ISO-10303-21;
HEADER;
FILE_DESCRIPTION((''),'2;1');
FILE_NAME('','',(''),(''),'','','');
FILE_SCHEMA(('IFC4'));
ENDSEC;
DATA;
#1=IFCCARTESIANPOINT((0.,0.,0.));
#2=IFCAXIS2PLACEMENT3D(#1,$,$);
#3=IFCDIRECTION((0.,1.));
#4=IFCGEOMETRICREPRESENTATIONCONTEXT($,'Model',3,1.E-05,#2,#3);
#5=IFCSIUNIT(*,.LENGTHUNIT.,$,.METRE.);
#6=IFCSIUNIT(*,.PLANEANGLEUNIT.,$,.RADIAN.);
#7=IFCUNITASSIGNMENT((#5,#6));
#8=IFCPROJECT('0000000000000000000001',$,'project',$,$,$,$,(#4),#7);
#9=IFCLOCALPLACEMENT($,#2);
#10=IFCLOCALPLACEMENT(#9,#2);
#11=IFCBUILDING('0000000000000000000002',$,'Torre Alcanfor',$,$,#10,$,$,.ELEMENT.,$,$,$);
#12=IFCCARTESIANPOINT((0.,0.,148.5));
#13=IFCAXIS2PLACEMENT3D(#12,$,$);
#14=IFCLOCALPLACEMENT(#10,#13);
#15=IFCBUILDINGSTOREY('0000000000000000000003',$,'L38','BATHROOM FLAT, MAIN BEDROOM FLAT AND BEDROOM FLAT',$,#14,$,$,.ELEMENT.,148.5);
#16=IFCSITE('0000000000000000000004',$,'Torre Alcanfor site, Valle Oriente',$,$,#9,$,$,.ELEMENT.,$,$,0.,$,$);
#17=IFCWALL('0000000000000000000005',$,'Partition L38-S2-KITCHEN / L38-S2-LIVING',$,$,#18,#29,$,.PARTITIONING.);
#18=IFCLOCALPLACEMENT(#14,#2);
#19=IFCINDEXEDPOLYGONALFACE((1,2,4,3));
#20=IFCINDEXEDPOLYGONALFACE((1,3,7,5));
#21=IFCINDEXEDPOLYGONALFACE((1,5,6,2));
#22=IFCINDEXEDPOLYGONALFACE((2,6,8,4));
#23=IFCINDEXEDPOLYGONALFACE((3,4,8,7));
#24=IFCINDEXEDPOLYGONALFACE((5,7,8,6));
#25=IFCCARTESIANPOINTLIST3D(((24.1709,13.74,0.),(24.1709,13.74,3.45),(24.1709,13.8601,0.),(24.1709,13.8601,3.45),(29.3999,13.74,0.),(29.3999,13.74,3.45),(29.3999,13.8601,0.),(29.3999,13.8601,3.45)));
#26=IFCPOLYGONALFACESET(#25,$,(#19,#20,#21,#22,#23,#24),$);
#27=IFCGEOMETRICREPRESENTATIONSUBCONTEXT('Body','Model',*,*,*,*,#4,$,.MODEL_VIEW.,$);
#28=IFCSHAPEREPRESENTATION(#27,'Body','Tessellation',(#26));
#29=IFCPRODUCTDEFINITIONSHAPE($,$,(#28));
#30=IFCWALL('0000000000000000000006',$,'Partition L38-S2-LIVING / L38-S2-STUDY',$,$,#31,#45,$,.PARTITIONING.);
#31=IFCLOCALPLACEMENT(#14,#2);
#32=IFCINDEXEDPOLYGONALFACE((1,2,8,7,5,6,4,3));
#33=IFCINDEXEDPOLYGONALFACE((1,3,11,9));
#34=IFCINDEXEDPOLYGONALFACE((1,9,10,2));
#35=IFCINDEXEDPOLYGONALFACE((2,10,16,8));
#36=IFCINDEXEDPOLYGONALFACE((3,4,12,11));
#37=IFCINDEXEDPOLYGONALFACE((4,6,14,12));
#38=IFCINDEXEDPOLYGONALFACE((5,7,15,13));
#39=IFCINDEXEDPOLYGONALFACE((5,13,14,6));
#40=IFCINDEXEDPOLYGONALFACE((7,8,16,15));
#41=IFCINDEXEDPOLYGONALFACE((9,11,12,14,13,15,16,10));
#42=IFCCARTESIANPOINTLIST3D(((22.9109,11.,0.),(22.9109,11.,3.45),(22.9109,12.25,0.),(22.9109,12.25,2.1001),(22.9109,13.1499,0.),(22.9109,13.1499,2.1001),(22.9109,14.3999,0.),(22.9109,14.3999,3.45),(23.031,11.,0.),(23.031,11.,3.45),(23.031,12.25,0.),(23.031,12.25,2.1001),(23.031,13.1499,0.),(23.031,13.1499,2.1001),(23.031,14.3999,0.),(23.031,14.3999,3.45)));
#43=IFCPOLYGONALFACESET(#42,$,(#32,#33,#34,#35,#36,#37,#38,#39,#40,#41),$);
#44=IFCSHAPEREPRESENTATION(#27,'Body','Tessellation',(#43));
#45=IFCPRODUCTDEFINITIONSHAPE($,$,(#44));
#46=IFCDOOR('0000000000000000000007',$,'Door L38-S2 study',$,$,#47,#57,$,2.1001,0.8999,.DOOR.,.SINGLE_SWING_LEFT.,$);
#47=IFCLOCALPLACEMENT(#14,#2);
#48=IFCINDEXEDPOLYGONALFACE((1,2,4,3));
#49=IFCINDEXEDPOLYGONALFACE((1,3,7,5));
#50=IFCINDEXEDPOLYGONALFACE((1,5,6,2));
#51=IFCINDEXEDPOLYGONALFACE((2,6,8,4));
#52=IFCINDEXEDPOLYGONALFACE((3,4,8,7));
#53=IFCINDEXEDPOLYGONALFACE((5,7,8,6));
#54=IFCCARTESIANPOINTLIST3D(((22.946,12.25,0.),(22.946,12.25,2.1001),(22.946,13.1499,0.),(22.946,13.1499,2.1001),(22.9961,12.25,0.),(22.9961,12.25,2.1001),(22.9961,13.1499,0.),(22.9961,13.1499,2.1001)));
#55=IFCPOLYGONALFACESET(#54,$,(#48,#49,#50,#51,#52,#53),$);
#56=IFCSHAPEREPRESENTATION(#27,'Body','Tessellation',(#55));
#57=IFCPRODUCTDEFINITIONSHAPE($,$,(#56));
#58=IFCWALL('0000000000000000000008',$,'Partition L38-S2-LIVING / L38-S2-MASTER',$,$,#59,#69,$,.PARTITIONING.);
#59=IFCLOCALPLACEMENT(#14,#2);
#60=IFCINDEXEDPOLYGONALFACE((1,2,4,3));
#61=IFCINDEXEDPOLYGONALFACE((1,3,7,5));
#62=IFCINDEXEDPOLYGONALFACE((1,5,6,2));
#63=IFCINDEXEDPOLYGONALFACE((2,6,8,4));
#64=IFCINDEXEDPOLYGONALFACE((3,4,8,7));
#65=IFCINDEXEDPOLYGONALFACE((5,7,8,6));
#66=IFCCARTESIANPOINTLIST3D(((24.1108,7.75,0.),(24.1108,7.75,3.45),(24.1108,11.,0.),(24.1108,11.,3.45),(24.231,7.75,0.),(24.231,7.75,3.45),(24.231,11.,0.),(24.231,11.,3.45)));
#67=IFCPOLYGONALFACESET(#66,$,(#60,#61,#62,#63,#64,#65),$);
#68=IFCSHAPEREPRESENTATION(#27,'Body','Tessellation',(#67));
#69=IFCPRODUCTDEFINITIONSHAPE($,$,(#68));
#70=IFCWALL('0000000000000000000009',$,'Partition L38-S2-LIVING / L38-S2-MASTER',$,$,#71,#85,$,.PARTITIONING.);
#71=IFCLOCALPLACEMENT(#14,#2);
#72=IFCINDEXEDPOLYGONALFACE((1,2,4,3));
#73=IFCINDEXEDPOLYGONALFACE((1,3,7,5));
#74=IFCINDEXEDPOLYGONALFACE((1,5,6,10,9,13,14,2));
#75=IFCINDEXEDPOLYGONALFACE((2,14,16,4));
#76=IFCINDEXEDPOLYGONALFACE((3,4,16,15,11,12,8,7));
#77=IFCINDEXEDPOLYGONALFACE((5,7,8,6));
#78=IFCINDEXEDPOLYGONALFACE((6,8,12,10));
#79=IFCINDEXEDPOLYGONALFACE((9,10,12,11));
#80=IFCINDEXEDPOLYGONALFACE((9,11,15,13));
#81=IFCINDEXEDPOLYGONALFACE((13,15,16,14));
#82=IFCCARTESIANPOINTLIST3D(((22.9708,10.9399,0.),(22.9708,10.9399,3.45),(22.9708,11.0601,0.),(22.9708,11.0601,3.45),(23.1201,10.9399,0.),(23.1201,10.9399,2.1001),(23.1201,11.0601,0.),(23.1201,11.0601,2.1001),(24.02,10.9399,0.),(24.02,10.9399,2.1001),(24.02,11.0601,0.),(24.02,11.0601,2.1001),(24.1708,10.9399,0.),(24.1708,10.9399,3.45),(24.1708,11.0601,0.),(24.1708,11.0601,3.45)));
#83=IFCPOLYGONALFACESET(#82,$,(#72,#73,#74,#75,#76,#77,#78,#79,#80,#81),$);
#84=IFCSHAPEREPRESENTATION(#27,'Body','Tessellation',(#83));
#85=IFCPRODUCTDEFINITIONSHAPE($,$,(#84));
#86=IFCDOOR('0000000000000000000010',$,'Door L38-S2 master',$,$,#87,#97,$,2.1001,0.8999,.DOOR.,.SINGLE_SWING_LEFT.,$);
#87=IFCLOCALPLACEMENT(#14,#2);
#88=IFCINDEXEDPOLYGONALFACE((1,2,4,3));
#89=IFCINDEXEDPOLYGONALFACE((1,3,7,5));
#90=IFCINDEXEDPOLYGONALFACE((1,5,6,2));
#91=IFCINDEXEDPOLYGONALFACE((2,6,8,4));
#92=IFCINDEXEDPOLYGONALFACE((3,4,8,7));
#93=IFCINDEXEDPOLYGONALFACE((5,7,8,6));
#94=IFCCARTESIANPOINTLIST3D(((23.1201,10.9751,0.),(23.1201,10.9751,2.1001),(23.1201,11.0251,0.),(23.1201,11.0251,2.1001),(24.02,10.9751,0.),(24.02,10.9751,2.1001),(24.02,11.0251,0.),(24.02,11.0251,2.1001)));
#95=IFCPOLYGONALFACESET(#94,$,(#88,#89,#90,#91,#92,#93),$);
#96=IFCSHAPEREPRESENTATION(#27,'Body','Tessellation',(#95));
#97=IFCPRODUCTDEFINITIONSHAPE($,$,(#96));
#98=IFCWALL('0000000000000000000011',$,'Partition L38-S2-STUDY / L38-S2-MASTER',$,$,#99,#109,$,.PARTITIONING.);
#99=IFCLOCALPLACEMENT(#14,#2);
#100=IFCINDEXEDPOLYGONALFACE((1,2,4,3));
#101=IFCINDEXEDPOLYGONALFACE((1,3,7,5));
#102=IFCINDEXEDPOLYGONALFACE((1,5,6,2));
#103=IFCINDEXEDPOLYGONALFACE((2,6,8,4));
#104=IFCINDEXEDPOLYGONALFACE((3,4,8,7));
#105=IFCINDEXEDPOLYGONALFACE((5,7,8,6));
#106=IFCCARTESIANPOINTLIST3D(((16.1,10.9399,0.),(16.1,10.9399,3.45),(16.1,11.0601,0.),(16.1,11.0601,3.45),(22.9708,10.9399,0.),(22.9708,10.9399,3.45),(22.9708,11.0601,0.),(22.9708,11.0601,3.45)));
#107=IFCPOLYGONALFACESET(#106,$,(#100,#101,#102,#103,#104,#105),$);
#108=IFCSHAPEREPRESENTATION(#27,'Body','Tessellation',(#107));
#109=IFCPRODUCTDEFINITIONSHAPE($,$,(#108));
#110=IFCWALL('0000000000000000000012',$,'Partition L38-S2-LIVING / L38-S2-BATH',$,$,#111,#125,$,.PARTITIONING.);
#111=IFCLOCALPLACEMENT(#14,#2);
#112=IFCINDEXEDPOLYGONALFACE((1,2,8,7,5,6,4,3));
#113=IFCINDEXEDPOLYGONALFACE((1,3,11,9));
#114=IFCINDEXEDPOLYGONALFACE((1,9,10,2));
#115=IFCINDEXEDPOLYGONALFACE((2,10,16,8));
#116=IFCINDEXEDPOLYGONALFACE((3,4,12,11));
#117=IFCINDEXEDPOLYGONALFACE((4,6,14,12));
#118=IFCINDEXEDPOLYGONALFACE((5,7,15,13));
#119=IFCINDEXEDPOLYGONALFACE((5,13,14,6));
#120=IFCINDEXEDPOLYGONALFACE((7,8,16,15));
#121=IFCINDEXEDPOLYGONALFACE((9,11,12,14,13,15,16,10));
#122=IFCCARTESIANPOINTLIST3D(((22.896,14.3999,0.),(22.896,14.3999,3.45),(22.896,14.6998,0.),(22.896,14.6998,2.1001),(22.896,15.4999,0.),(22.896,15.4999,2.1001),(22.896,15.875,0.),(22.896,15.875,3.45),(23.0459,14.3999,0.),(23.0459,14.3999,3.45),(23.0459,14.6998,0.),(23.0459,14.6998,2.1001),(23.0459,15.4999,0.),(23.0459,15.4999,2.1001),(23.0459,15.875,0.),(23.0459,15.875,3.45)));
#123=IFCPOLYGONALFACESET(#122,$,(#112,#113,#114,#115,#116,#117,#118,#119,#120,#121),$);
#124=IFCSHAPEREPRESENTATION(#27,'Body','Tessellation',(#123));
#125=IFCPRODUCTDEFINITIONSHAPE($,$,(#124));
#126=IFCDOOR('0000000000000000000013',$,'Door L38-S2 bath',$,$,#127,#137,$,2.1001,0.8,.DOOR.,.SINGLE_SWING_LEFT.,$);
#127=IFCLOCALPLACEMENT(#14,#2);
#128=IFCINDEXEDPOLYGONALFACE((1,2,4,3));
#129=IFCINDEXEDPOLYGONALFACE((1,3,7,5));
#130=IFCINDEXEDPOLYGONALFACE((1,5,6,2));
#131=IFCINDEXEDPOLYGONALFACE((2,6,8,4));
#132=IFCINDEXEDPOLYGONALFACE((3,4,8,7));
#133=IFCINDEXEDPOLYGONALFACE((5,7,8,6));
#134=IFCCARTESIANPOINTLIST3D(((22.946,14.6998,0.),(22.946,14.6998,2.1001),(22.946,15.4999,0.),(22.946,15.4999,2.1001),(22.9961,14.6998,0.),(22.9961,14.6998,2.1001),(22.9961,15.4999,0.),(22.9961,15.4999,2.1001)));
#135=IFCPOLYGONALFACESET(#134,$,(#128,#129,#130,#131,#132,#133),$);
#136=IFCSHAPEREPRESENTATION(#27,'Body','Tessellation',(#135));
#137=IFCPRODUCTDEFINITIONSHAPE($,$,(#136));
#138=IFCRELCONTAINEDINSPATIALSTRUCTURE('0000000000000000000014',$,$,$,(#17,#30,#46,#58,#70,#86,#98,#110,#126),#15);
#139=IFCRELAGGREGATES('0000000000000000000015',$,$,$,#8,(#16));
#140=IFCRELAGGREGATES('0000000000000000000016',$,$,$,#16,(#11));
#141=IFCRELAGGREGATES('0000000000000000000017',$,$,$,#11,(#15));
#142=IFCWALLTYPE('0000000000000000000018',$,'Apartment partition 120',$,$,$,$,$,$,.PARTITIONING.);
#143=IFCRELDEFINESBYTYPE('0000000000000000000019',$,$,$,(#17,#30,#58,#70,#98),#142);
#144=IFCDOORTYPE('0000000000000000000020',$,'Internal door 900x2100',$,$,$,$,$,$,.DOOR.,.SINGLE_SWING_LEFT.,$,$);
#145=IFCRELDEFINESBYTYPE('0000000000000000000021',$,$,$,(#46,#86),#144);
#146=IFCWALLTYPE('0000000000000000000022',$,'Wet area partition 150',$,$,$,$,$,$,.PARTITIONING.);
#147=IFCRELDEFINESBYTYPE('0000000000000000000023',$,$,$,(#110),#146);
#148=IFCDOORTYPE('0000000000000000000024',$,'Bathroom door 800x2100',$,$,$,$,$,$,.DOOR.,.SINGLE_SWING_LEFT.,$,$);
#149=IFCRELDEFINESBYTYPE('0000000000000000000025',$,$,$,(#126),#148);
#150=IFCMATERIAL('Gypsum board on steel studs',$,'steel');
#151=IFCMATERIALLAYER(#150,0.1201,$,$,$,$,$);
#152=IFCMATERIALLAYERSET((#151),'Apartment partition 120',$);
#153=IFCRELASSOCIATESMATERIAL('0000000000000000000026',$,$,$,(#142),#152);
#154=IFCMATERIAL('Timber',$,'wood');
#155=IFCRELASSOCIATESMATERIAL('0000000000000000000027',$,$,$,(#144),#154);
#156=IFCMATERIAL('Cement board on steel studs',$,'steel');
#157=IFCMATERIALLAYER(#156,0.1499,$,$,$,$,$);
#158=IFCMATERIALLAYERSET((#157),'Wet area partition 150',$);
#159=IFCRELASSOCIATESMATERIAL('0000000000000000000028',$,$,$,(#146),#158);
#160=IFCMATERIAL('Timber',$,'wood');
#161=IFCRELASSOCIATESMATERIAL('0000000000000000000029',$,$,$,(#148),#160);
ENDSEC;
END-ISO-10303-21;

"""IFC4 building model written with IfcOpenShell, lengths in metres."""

from ifc_helpers import new_model, si_unit, direction, frame, frame_2d, origin, place, context, subcontext, project, spatial, rectangle, extrude, material, layer, layer_set, type_object, element, fill, save


model = new_model("IFC4")

# Units and contexts
model_context = context("Model", 3, precision=1e-05, world=origin(), true_north=direction((0.0, 1.0)))
body_context = subcontext(model_context, "Body", "Model", "MODEL_VIEW")
ifc_project = project(units=[si_unit("LENGTHUNIT", "METRE"), si_unit("PLANEANGLEUNIT", "RADIAN")], contexts=[model_context])

# Site, building, storey
site_placement = place(None, origin())
site = spatial("IfcSite", under=ifc_project, at=site_placement, Name="Torre Alcanfor site, Valle Oriente", CompositionType="ELEMENT", RefElevation=0.0)
building_placement = place(site_placement, origin())
building = spatial("IfcBuilding", under=site, at=building_placement, Name="Torre Alcanfor", CompositionType="ELEMENT")
storey_placement = place(building_placement, frame((0.0, 0.0, 148.5)))
storey = spatial("IfcBuildingStorey", under=building, at=storey_placement, Name="L38", Description="BATHROOM FLAT, MAIN BEDROOM FLAT AND BEDROOM FLAT", CompositionType="ELEMENT", Elevation=148.5)

# Shared definitions
ifc_material_1 = material(Name="Gypsum board on steel studs", Category="steel")
ifc_layer_1 = layer(ifc_material_1, 0.1201)
ifc_layer_set_1 = layer_set([ifc_layer_1], Name="Apartment partition 120")
wall_type_1 = type_object("IfcWallType", Name="Apartment partition 120", PredefinedType="PARTITIONING", material=ifc_layer_set_1)
ifc_material_2 = material(Name="Timber", Category="wood")
door_type_1 = type_object("IfcDoorType", Name="Internal door 900x2100", OperationType="SINGLE_SWING_LEFT", PredefinedType="DOOR", material=ifc_material_2)

# Wall
wall_1_placement = place(storey_placement, frame((24.1709, 13.8, 0.0), z_axis=(0.0, 0.0, 1.0), x_axis=(1.0, 0.0, 0.0)))
element("IfcWall", 1, at=wall_1_placement, inside=storey, type_object=wall_type_1, Name="Partition L38-S2-KITCHEN / L38-S2-LIVING", PredefinedType="PARTITIONING", context=body_context, shape_type="SweptSolid", body=[
    extrude(rectangle(XDim=5.229, YDim=0.1201, at=frame_2d((2.6145, 0.0))), origin(), (0.0, 0.0, 1.0), 3.45),
])

# Wall, opening, door
wall_2_placement = place(storey_placement, frame((22.9709, 11.0, 0.0), z_axis=(0.0, 0.0, 1.0), x_axis=(0.0, 1.0, 0.0)))
wall_2 = element("IfcWall", 2, at=wall_2_placement, inside=storey, type_object=wall_type_1, Name="Partition L38-S2-LIVING / L38-S2-STUDY", PredefinedType="PARTITIONING", context=body_context, shape_type="SweptSolid", body=[
    extrude(rectangle(XDim=3.3999, YDim=0.1201, at=frame_2d((1.7, 0.0))), origin(), (0.0, 0.0, 1.0), 3.45),
])
opening_1_placement = place(wall_2_placement, frame((1.25, 0.0, 0.0)))
opening_1 = element("IfcOpeningElement", 3, at=opening_1_placement, cuts=wall_2, PredefinedType="OPENING", context=body_context, shape_type="SweptSolid", body=[
    extrude(rectangle(XDim=0.8999, YDim=2.1001, at=frame_2d((0.45, 1.05))), frame((0.0, 0.0701, 0.0), z_axis=(0.0, -1.0, 0.0), x_axis=(1.0, 0.0, 0.0)), (0.0, 0.0, 1.0), 0.1401),
])
door_1_placement = place(opening_1_placement, origin())
door_1 = element("IfcDoor", 4, at=door_1_placement, inside=storey, type_object=door_type_1, Name="Door L38-S2 study", OperationType="SINGLE_SWING_LEFT", OverallHeight=2.1001, OverallWidth=0.8999, PredefinedType="DOOR", context=body_context, shape_type="SweptSolid", body=[
    extrude(rectangle(XDim=0.8999, YDim=2.1001, at=frame_2d((0.45, 1.05))), frame((0.0, 0.0249, 0.0), z_axis=(0.0, -1.0, 0.0), x_axis=(1.0, 0.0, 0.0)), (0.0, 0.0, 1.0), 0.05),
])
fill(opening_1, door_1)

# Wall
wall_3_placement = place(storey_placement, frame((24.1709, 7.75, 0.0), z_axis=(0.0, 0.0, 1.0), x_axis=(0.0, 1.0, 0.0)))
element("IfcWall", 5, at=wall_3_placement, inside=storey, type_object=wall_type_1, Name="Partition L38-S2-LIVING / L38-S2-MASTER", PredefinedType="PARTITIONING", context=body_context, shape_type="SweptSolid", body=[
    extrude(rectangle(XDim=3.25, YDim=0.1201, at=frame_2d((1.625, 0.0))), origin(), (0.0, 0.0, 1.0), 3.45),
])

# Wall, opening, door
wall_4_placement = place(storey_placement, frame((24.1709, 11.0, 0.0), z_axis=(0.0, 0.0, 1.0), x_axis=(-1.0, 0.0, 0.0)))
wall_4 = element("IfcWall", 6, at=wall_4_placement, inside=storey, type_object=wall_type_1, Name="Partition L38-S2-LIVING / L38-S2-MASTER", PredefinedType="PARTITIONING", context=body_context, shape_type="SweptSolid", body=[
    extrude(rectangle(XDim=1.2, YDim=0.1201, at=frame_2d((0.6001, 0.0))), origin(), (0.0, 0.0, 1.0), 3.45),
])
opening_2_placement = place(wall_4_placement, frame((0.1509, 0.0, 0.0)))
opening_2 = element("IfcOpeningElement", 7, at=opening_2_placement, cuts=wall_4, PredefinedType="OPENING", context=body_context, shape_type="SweptSolid", body=[
    extrude(rectangle(XDim=0.8999, YDim=2.1001, at=frame_2d((0.45, 1.05))), frame((0.0, 0.0701, 0.0), z_axis=(0.0, -1.0, 0.0), x_axis=(1.0, 0.0, 0.0)), (0.0, 0.0, 1.0), 0.1401),
])
door_2_placement = place(opening_2_placement, origin())
door_2 = element("IfcDoor", 8, at=door_2_placement, inside=storey, type_object=door_type_1, Name="Door L38-S2 master", OperationType="SINGLE_SWING_LEFT", OverallHeight=2.1001, OverallWidth=0.8999, PredefinedType="DOOR", context=body_context, shape_type="SweptSolid", body=[
    extrude(rectangle(XDim=0.8999, YDim=2.1001, at=frame_2d((0.45, 1.05))), frame((0.0, 0.0249, 0.0), z_axis=(0.0, -1.0, 0.0), x_axis=(1.0, 0.0, 0.0)), (0.0, 0.0, 1.0), 0.05),
])
fill(opening_2, door_2)

# Wall
wall_5_placement = place(storey_placement, frame((22.9709, 11.0, 0.0), z_axis=(0.0, 0.0, 1.0), x_axis=(-1.0, 0.0, 0.0)))
element("IfcWall", 9, at=wall_5_placement, inside=storey, type_object=wall_type_1, Name="Partition L38-S2-STUDY / L38-S2-MASTER", PredefinedType="PARTITIONING", context=body_context, shape_type="SweptSolid", body=[
    extrude(rectangle(XDim=6.8708, YDim=0.1201, at=frame_2d((3.4355, 0.0))), origin(), (0.0, 0.0, 1.0), 3.45),
])

# Wall, opening, door
ifc_material_3 = material(Name="Cement board on steel studs", Category="steel")
ifc_layer_2 = layer(ifc_material_3, 0.1499)
ifc_layer_set_2 = layer_set([ifc_layer_2], Name="Wet area partition 150")
wall_type_2 = type_object("IfcWallType", Name="Wet area partition 150", PredefinedType="PARTITIONING", material=ifc_layer_set_2)
wall_6_placement = place(storey_placement, frame((22.9709, 14.3999, 0.0), z_axis=(0.0, 0.0, 1.0), x_axis=(0.0, 1.0, 0.0)))
wall_6 = element("IfcWall", 10, at=wall_6_placement, inside=storey, type_object=wall_type_2, Name="Partition L38-S2-LIVING / L38-S2-BATH", PredefinedType="PARTITIONING", context=body_context, shape_type="SweptSolid", body=[
    extrude(rectangle(XDim=1.4751, YDim=0.1499, at=frame_2d((0.7375, 0.0))), origin(), (0.0, 0.0, 1.0), 3.45),
])
opening_3_placement = place(wall_6_placement, frame((0.3, 0.0, 0.0)))
opening_3 = element("IfcOpeningElement", 11, at=opening_3_placement, cuts=wall_6, PredefinedType="OPENING", context=body_context, shape_type="SweptSolid", body=[
    extrude(rectangle(XDim=0.8, YDim=2.1001, at=frame_2d((0.3999, 1.05))), frame((0.0, 0.085, 0.0), z_axis=(0.0, -1.0, 0.0), x_axis=(1.0, 0.0, 0.0)), (0.0, 0.0, 1.0), 0.1699),
])
ifc_material_4 = material(Name="Timber", Category="wood")
door_type_2 = type_object("IfcDoorType", Name="Bathroom door 800x2100", OperationType="SINGLE_SWING_LEFT", PredefinedType="DOOR", material=ifc_material_4)
door_3_placement = place(opening_3_placement, origin())
door_3 = element("IfcDoor", 12, at=door_3_placement, inside=storey, type_object=door_type_2, Name="Door L38-S2 bath", OperationType="SINGLE_SWING_LEFT", OverallHeight=2.1001, OverallWidth=0.8, PredefinedType="DOOR", context=body_context, shape_type="SweptSolid", body=[
    extrude(rectangle(XDim=0.8, YDim=2.1001, at=frame_2d((0.3999, 1.05))), frame((0.0, 0.0249, 0.0), z_axis=(0.0, -1.0, 0.0), x_axis=(1.0, 0.0, 0.0)), (0.0, 0.0, 1.0), 0.05),
])
fill(opening_3, door_3)

save(model, "model.ifc")
